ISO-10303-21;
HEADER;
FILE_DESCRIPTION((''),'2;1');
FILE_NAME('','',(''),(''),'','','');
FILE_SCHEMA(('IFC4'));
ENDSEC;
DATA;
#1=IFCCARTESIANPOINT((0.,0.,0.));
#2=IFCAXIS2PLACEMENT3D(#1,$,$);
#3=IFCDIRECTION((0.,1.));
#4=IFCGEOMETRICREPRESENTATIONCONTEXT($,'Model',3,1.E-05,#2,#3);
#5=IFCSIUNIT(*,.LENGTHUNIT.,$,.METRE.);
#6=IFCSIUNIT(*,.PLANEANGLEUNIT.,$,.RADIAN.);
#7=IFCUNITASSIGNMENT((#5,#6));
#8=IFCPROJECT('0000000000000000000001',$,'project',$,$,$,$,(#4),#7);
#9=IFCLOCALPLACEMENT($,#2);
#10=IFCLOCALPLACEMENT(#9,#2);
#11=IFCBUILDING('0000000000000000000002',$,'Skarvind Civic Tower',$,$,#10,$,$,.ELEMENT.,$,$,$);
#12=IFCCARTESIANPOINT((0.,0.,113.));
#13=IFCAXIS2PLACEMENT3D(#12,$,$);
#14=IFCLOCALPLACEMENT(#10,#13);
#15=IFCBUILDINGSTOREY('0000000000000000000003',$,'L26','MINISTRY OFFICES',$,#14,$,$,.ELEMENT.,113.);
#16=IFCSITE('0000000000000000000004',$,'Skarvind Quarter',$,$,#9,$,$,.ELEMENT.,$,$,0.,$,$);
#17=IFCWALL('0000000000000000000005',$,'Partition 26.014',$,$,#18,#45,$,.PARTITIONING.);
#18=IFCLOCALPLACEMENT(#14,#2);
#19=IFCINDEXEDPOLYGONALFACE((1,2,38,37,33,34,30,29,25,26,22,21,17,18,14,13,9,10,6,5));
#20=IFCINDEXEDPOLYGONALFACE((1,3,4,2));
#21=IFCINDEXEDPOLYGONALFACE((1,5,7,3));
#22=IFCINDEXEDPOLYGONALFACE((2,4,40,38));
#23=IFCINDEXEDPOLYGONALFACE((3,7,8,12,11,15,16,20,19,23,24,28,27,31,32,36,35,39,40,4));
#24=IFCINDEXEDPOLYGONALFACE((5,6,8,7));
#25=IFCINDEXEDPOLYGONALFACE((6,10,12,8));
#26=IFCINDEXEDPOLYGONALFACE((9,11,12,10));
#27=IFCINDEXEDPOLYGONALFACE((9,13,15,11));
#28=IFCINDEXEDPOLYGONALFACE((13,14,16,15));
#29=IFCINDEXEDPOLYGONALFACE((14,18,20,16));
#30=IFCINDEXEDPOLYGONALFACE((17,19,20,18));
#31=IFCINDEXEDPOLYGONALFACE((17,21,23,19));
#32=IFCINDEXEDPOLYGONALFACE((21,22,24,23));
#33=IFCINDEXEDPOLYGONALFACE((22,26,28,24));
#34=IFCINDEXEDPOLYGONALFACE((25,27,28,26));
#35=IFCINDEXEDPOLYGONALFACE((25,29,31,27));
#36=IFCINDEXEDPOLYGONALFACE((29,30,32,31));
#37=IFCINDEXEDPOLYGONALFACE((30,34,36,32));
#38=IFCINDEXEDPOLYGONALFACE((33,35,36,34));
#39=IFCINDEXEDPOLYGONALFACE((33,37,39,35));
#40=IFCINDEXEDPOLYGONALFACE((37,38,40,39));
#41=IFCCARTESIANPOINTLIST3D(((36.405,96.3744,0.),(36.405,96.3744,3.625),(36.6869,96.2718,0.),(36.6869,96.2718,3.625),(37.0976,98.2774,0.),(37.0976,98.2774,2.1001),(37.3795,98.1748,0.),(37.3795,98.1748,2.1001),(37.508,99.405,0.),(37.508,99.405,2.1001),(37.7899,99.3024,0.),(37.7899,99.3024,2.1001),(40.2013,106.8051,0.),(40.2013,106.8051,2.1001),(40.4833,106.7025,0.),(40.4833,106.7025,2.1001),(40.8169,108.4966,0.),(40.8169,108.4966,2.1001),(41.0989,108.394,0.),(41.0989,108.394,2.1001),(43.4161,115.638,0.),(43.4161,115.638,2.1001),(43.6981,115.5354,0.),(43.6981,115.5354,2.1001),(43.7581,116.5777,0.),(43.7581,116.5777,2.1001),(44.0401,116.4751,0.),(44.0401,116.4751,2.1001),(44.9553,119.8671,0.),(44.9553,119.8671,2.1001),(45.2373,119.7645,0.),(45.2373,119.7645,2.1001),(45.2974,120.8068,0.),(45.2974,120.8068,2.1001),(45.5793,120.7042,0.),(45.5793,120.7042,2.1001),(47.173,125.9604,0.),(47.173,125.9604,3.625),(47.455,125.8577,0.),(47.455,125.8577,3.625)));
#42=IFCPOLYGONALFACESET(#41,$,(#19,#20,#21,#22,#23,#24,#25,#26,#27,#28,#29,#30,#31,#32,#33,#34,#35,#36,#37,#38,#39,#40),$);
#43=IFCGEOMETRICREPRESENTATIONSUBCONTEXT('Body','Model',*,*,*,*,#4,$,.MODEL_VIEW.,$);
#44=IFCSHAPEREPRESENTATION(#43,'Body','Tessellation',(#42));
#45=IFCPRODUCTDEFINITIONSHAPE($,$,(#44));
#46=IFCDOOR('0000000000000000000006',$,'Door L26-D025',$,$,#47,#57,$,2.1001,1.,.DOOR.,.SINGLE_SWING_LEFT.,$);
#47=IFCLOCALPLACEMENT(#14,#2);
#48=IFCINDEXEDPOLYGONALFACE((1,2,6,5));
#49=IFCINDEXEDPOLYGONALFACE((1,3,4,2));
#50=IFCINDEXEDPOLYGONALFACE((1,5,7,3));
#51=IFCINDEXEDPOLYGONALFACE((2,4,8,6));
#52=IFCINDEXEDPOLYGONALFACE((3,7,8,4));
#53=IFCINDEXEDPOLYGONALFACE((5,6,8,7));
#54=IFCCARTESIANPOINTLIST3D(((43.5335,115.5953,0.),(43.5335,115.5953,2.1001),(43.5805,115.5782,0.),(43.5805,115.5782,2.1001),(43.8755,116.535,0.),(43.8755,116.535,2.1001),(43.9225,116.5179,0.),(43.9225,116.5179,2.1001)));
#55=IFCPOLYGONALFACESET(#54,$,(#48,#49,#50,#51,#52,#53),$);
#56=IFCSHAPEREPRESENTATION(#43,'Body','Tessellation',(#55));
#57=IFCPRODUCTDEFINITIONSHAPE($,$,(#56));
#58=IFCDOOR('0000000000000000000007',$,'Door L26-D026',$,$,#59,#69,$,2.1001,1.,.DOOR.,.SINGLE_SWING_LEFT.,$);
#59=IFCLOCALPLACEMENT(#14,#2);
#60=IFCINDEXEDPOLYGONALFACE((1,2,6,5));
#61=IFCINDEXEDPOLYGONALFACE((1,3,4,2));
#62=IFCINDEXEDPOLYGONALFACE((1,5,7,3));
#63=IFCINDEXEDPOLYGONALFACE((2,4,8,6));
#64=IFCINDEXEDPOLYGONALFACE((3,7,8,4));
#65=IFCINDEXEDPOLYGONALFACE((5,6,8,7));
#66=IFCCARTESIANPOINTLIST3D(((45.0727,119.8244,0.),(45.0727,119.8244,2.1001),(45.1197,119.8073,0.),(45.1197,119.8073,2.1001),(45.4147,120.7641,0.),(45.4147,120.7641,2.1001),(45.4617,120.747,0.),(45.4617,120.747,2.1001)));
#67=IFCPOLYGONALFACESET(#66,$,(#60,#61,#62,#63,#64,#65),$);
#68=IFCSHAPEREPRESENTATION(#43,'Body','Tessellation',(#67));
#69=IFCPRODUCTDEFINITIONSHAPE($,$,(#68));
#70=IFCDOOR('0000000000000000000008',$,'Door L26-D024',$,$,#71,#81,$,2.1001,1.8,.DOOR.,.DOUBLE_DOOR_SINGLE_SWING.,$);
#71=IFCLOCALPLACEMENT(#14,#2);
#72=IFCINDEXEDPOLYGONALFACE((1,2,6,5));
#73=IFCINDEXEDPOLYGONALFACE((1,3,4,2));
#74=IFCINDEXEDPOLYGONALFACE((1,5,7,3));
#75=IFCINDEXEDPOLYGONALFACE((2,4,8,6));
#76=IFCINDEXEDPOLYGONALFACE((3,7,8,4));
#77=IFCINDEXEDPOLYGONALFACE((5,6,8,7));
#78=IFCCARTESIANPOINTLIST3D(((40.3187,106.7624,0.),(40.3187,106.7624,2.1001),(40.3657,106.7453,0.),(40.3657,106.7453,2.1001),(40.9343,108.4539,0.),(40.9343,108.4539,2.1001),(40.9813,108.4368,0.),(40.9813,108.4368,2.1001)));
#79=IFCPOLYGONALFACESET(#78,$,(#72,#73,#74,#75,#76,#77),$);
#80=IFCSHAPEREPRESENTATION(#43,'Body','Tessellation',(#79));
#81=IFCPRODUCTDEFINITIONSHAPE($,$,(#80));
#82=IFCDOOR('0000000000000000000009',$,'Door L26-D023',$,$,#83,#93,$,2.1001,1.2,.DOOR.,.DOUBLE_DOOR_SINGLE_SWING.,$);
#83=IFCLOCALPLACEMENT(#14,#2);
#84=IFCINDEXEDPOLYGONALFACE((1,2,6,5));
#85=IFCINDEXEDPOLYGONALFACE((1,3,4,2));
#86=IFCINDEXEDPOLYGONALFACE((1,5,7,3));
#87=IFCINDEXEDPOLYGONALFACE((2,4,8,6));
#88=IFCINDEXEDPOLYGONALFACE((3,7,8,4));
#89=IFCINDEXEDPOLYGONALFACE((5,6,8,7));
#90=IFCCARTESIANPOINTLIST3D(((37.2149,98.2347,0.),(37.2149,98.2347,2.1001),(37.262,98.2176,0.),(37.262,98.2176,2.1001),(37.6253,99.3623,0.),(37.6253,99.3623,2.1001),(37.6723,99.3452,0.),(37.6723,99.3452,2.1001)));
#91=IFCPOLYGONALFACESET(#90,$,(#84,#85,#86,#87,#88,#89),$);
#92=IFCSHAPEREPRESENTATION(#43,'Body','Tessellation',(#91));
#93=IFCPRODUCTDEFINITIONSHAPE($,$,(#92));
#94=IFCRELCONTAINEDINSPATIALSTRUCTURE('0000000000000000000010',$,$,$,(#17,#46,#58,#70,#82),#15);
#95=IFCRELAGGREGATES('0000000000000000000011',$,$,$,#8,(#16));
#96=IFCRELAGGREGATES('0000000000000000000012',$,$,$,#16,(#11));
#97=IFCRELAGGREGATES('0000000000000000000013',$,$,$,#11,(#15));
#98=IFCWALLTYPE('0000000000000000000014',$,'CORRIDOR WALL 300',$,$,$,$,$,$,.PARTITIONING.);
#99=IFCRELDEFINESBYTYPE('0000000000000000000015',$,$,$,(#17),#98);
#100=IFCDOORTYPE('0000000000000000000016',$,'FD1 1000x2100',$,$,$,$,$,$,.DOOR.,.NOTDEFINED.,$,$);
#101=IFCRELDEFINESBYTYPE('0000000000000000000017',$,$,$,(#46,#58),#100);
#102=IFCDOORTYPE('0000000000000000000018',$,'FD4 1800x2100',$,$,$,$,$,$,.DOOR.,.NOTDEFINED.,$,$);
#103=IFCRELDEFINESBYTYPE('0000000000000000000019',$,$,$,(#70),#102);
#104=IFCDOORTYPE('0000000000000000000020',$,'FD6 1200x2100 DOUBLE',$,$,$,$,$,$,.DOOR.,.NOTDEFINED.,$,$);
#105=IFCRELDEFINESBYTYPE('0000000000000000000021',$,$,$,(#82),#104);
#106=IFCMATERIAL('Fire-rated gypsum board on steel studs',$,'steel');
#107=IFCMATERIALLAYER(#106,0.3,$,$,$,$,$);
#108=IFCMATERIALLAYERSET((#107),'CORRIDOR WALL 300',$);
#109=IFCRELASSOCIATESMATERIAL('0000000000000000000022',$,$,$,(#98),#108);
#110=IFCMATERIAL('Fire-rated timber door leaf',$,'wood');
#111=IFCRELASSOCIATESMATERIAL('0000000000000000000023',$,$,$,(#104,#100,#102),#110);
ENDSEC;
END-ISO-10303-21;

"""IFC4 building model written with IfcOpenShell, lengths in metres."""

from ifc_helpers import new_model, si_unit, direction, frame, frame_2d, origin, place, context, subcontext, project, spatial, rectangle, extrude, material, layer, layer_set, type_object, element, fill, save


model = new_model("IFC4")

# Units and contexts
model_context = context("Model", 3, precision=1e-05, world=origin(), true_north=direction((0.0, 1.0)))
body_context = subcontext(model_context, "Body", "Model", "MODEL_VIEW")
ifc_project = project(units=[si_unit("LENGTHUNIT", "METRE"), si_unit("PLANEANGLEUNIT", "RADIAN")], contexts=[model_context])

# Site, building, storey
site_placement = place(None, origin())
site = spatial("IfcSite", under=ifc_project, at=site_placement, Name="Skarvind Quarter", CompositionType="ELEMENT", RefElevation=0.0)
building_placement = place(site_placement, origin())
building = spatial("IfcBuilding", under=site, at=building_placement, Name="Skarvind Civic Tower", CompositionType="ELEMENT")
storey_placement = place(building_placement, frame((0.0, 0.0, 113.0)))
storey = spatial("IfcBuildingStorey", under=building, at=storey_placement, Name="L26", Description="MINISTRY OFFICES", CompositionType="ELEMENT", Elevation=113.0)

# Wall, openings, doors
ifc_material_1 = material(Name="Fire-rated gypsum board on steel studs", Category="steel")
ifc_layer_1 = layer(ifc_material_1, 0.3)
ifc_layer_set_1 = layer_set([ifc_layer_1], Name="CORRIDOR WALL 300")
wall_type_1 = type_object("IfcWallType", Name="CORRIDOR WALL 300", PredefinedType="PARTITIONING", material=ifc_layer_set_1)
ifc_material_2 = material(Name="Fire-rated timber door leaf", Category="wood")
door_type_1 = type_object("IfcDoorType", Name="FD6 1200x2100 DOUBLE", OperationType="NOTDEFINED", PredefinedType="DOOR", material=ifc_material_2)
wall_1_placement = place(storey_placement, frame((47.314, 125.9089, 0.0), z_axis=(0.0, 0.0, 1.0), x_axis=(-0.342011, -0.939696, 0.0)))
wall_1 = element("IfcWall", 1, at=wall_1_placement, inside=storey, type_object=wall_type_1, Name="Partition 26.014", PredefinedType="PARTITIONING", context=body_context, shape_type="SweptSolid", body=[
    extrude(rectangle(XDim=31.4846, YDim=0.3, at=frame_2d((15.7422, 0.0))), origin(), (0.0, 0.0, 1.0), 3.625),
])
opening_1_placement = place(wall_1_placement, frame((28.2593, 0.0, 0.0)))
opening_1 = element("IfcOpeningElement", 2, at=opening_1_placement, cuts=wall_1, PredefinedType="OPENING", context=body_context, shape_type="SweptSolid", body=[
    extrude(rectangle(XDim=1.2, YDim=2.1001, at=frame_2d((0.6001, 1.05))), frame((0.0, 0.1599, 0.0), z_axis=(0.0, -1.0, 0.0), x_axis=(1.0, 0.0, 0.0)), (0.0, 0.0, 1.0), 0.3201),
])
opening_2_placement = place(wall_1_placement, frame((18.5845, 0.0, 0.0)))
opening_2 = element("IfcOpeningElement", 3, at=opening_2_placement, cuts=wall_1, PredefinedType="OPENING", context=body_context, shape_type="SweptSolid", body=[
    extrude(rectangle(XDim=1.8, YDim=2.1001, at=frame_2d((0.8999, 1.05))), frame((0.0, 0.1599, 0.0), z_axis=(0.0, -1.0, 0.0), x_axis=(1.0, 0.0, 0.0)), (0.0, 0.0, 1.0), 0.3201),
])
opening_3_placement = place(wall_1_placement, frame((9.9846, 0.0, 0.0)))
opening_3 = element("IfcOpeningElement", 4, at=opening_3_placement, cuts=wall_1, PredefinedType="OPENING", context=body_context, shape_type="SweptSolid", body=[
    extrude(rectangle(XDim=1.0, YDim=2.1001, at=frame_2d((0.5, 1.05))), frame((0.0, 0.1599, 0.0), z_axis=(0.0, -1.0, 0.0), x_axis=(1.0, 0.0, 0.0)), (0.0, 0.0, 1.0), 0.3201),
])
opening_4_placement = place(wall_1_placement, frame((5.4841, 0.0, 0.0)))
opening_4 = element("IfcOpeningElement", 5, at=opening_4_placement, cuts=wall_1, PredefinedType="OPENING", context=body_context, shape_type="SweptSolid", body=[
    extrude(rectangle(XDim=1.0, YDim=2.1001, at=frame_2d((0.5, 1.05))), frame((0.0, 0.1599, 0.0), z_axis=(0.0, -1.0, 0.0), x_axis=(1.0, 0.0, 0.0)), (0.0, 0.0, 1.0), 0.3201),
])
door_type_2 = type_object("IfcDoorType", Name="FD1 1000x2100", OperationType="NOTDEFINED", PredefinedType="DOOR", material=ifc_material_2)
door_1_placement = place(opening_3_placement, origin())
door_1 = element("IfcDoor", 6, at=door_1_placement, inside=storey, type_object=door_type_2, Name="Door L26-D025", OperationType="SINGLE_SWING_LEFT", OverallHeight=2.1001, OverallWidth=1.0, PredefinedType="DOOR", context=body_context, shape_type="SweptSolid", body=[
    extrude(rectangle(XDim=1.0, YDim=2.1001, at=frame_2d((0.5, 1.05))), frame((0.0, 0.0249, 0.0), z_axis=(0.0, -1.0, 0.0), x_axis=(1.0, 0.0, 0.0)), (0.0, 0.0, 1.0), 0.05),
])
fill(opening_3, door_1)
door_2_placement = place(opening_4_placement, origin())
door_2 = element("IfcDoor", 7, at=door_2_placement, inside=storey, type_object=door_type_2, Name="Door L26-D026", OperationType="SINGLE_SWING_LEFT", OverallHeight=2.1001, OverallWidth=1.0, PredefinedType="DOOR", context=body_context, shape_type="SweptSolid", body=[
    extrude(rectangle(XDim=1.0, YDim=2.1001, at=frame_2d((0.5, 1.05))), frame((0.0, 0.0249, 0.0), z_axis=(0.0, -1.0, 0.0), x_axis=(1.0, 0.0, 0.0)), (0.0, 0.0, 1.0), 0.05),
])
fill(opening_4, door_2)
door_type_3 = type_object("IfcDoorType", Name="FD4 1800x2100", OperationType="NOTDEFINED", PredefinedType="DOOR", material=ifc_material_2)
door_3_placement = place(opening_2_placement, origin())
door_3 = element("IfcDoor", 8, at=door_3_placement, inside=storey, type_object=door_type_3, Name="Door L26-D024", OperationType="DOUBLE_DOOR_SINGLE_SWING", OverallHeight=2.1001, OverallWidth=1.8, PredefinedType="DOOR", context=body_context, shape_type="SweptSolid", body=[
    extrude(rectangle(XDim=1.8, YDim=2.1001, at=frame_2d((0.8999, 1.05))), frame((0.0, 0.0249, 0.0), z_axis=(0.0, -1.0, 0.0), x_axis=(1.0, 0.0, 0.0)), (0.0, 0.0, 1.0), 0.05),
])
fill(opening_2, door_3)
door_4_placement = place(opening_1_placement, origin())
door_4 = element("IfcDoor", 9, at=door_4_placement, inside=storey, type_object=door_type_1, Name="Door L26-D023", OperationType="DOUBLE_DOOR_SINGLE_SWING", OverallHeight=2.1001, OverallWidth=1.2, PredefinedType="DOOR", context=body_context, shape_type="SweptSolid", body=[
    extrude(rectangle(XDim=1.2, YDim=2.1001, at=frame_2d((0.6001, 1.05))), frame((0.0, 0.0249, 0.0), z_axis=(0.0, -1.0, 0.0), x_axis=(1.0, 0.0, 0.0)), (0.0, 0.0, 1.0), 0.05),
])
fill(opening_1, door_4)

save(model, "model.ifc")
